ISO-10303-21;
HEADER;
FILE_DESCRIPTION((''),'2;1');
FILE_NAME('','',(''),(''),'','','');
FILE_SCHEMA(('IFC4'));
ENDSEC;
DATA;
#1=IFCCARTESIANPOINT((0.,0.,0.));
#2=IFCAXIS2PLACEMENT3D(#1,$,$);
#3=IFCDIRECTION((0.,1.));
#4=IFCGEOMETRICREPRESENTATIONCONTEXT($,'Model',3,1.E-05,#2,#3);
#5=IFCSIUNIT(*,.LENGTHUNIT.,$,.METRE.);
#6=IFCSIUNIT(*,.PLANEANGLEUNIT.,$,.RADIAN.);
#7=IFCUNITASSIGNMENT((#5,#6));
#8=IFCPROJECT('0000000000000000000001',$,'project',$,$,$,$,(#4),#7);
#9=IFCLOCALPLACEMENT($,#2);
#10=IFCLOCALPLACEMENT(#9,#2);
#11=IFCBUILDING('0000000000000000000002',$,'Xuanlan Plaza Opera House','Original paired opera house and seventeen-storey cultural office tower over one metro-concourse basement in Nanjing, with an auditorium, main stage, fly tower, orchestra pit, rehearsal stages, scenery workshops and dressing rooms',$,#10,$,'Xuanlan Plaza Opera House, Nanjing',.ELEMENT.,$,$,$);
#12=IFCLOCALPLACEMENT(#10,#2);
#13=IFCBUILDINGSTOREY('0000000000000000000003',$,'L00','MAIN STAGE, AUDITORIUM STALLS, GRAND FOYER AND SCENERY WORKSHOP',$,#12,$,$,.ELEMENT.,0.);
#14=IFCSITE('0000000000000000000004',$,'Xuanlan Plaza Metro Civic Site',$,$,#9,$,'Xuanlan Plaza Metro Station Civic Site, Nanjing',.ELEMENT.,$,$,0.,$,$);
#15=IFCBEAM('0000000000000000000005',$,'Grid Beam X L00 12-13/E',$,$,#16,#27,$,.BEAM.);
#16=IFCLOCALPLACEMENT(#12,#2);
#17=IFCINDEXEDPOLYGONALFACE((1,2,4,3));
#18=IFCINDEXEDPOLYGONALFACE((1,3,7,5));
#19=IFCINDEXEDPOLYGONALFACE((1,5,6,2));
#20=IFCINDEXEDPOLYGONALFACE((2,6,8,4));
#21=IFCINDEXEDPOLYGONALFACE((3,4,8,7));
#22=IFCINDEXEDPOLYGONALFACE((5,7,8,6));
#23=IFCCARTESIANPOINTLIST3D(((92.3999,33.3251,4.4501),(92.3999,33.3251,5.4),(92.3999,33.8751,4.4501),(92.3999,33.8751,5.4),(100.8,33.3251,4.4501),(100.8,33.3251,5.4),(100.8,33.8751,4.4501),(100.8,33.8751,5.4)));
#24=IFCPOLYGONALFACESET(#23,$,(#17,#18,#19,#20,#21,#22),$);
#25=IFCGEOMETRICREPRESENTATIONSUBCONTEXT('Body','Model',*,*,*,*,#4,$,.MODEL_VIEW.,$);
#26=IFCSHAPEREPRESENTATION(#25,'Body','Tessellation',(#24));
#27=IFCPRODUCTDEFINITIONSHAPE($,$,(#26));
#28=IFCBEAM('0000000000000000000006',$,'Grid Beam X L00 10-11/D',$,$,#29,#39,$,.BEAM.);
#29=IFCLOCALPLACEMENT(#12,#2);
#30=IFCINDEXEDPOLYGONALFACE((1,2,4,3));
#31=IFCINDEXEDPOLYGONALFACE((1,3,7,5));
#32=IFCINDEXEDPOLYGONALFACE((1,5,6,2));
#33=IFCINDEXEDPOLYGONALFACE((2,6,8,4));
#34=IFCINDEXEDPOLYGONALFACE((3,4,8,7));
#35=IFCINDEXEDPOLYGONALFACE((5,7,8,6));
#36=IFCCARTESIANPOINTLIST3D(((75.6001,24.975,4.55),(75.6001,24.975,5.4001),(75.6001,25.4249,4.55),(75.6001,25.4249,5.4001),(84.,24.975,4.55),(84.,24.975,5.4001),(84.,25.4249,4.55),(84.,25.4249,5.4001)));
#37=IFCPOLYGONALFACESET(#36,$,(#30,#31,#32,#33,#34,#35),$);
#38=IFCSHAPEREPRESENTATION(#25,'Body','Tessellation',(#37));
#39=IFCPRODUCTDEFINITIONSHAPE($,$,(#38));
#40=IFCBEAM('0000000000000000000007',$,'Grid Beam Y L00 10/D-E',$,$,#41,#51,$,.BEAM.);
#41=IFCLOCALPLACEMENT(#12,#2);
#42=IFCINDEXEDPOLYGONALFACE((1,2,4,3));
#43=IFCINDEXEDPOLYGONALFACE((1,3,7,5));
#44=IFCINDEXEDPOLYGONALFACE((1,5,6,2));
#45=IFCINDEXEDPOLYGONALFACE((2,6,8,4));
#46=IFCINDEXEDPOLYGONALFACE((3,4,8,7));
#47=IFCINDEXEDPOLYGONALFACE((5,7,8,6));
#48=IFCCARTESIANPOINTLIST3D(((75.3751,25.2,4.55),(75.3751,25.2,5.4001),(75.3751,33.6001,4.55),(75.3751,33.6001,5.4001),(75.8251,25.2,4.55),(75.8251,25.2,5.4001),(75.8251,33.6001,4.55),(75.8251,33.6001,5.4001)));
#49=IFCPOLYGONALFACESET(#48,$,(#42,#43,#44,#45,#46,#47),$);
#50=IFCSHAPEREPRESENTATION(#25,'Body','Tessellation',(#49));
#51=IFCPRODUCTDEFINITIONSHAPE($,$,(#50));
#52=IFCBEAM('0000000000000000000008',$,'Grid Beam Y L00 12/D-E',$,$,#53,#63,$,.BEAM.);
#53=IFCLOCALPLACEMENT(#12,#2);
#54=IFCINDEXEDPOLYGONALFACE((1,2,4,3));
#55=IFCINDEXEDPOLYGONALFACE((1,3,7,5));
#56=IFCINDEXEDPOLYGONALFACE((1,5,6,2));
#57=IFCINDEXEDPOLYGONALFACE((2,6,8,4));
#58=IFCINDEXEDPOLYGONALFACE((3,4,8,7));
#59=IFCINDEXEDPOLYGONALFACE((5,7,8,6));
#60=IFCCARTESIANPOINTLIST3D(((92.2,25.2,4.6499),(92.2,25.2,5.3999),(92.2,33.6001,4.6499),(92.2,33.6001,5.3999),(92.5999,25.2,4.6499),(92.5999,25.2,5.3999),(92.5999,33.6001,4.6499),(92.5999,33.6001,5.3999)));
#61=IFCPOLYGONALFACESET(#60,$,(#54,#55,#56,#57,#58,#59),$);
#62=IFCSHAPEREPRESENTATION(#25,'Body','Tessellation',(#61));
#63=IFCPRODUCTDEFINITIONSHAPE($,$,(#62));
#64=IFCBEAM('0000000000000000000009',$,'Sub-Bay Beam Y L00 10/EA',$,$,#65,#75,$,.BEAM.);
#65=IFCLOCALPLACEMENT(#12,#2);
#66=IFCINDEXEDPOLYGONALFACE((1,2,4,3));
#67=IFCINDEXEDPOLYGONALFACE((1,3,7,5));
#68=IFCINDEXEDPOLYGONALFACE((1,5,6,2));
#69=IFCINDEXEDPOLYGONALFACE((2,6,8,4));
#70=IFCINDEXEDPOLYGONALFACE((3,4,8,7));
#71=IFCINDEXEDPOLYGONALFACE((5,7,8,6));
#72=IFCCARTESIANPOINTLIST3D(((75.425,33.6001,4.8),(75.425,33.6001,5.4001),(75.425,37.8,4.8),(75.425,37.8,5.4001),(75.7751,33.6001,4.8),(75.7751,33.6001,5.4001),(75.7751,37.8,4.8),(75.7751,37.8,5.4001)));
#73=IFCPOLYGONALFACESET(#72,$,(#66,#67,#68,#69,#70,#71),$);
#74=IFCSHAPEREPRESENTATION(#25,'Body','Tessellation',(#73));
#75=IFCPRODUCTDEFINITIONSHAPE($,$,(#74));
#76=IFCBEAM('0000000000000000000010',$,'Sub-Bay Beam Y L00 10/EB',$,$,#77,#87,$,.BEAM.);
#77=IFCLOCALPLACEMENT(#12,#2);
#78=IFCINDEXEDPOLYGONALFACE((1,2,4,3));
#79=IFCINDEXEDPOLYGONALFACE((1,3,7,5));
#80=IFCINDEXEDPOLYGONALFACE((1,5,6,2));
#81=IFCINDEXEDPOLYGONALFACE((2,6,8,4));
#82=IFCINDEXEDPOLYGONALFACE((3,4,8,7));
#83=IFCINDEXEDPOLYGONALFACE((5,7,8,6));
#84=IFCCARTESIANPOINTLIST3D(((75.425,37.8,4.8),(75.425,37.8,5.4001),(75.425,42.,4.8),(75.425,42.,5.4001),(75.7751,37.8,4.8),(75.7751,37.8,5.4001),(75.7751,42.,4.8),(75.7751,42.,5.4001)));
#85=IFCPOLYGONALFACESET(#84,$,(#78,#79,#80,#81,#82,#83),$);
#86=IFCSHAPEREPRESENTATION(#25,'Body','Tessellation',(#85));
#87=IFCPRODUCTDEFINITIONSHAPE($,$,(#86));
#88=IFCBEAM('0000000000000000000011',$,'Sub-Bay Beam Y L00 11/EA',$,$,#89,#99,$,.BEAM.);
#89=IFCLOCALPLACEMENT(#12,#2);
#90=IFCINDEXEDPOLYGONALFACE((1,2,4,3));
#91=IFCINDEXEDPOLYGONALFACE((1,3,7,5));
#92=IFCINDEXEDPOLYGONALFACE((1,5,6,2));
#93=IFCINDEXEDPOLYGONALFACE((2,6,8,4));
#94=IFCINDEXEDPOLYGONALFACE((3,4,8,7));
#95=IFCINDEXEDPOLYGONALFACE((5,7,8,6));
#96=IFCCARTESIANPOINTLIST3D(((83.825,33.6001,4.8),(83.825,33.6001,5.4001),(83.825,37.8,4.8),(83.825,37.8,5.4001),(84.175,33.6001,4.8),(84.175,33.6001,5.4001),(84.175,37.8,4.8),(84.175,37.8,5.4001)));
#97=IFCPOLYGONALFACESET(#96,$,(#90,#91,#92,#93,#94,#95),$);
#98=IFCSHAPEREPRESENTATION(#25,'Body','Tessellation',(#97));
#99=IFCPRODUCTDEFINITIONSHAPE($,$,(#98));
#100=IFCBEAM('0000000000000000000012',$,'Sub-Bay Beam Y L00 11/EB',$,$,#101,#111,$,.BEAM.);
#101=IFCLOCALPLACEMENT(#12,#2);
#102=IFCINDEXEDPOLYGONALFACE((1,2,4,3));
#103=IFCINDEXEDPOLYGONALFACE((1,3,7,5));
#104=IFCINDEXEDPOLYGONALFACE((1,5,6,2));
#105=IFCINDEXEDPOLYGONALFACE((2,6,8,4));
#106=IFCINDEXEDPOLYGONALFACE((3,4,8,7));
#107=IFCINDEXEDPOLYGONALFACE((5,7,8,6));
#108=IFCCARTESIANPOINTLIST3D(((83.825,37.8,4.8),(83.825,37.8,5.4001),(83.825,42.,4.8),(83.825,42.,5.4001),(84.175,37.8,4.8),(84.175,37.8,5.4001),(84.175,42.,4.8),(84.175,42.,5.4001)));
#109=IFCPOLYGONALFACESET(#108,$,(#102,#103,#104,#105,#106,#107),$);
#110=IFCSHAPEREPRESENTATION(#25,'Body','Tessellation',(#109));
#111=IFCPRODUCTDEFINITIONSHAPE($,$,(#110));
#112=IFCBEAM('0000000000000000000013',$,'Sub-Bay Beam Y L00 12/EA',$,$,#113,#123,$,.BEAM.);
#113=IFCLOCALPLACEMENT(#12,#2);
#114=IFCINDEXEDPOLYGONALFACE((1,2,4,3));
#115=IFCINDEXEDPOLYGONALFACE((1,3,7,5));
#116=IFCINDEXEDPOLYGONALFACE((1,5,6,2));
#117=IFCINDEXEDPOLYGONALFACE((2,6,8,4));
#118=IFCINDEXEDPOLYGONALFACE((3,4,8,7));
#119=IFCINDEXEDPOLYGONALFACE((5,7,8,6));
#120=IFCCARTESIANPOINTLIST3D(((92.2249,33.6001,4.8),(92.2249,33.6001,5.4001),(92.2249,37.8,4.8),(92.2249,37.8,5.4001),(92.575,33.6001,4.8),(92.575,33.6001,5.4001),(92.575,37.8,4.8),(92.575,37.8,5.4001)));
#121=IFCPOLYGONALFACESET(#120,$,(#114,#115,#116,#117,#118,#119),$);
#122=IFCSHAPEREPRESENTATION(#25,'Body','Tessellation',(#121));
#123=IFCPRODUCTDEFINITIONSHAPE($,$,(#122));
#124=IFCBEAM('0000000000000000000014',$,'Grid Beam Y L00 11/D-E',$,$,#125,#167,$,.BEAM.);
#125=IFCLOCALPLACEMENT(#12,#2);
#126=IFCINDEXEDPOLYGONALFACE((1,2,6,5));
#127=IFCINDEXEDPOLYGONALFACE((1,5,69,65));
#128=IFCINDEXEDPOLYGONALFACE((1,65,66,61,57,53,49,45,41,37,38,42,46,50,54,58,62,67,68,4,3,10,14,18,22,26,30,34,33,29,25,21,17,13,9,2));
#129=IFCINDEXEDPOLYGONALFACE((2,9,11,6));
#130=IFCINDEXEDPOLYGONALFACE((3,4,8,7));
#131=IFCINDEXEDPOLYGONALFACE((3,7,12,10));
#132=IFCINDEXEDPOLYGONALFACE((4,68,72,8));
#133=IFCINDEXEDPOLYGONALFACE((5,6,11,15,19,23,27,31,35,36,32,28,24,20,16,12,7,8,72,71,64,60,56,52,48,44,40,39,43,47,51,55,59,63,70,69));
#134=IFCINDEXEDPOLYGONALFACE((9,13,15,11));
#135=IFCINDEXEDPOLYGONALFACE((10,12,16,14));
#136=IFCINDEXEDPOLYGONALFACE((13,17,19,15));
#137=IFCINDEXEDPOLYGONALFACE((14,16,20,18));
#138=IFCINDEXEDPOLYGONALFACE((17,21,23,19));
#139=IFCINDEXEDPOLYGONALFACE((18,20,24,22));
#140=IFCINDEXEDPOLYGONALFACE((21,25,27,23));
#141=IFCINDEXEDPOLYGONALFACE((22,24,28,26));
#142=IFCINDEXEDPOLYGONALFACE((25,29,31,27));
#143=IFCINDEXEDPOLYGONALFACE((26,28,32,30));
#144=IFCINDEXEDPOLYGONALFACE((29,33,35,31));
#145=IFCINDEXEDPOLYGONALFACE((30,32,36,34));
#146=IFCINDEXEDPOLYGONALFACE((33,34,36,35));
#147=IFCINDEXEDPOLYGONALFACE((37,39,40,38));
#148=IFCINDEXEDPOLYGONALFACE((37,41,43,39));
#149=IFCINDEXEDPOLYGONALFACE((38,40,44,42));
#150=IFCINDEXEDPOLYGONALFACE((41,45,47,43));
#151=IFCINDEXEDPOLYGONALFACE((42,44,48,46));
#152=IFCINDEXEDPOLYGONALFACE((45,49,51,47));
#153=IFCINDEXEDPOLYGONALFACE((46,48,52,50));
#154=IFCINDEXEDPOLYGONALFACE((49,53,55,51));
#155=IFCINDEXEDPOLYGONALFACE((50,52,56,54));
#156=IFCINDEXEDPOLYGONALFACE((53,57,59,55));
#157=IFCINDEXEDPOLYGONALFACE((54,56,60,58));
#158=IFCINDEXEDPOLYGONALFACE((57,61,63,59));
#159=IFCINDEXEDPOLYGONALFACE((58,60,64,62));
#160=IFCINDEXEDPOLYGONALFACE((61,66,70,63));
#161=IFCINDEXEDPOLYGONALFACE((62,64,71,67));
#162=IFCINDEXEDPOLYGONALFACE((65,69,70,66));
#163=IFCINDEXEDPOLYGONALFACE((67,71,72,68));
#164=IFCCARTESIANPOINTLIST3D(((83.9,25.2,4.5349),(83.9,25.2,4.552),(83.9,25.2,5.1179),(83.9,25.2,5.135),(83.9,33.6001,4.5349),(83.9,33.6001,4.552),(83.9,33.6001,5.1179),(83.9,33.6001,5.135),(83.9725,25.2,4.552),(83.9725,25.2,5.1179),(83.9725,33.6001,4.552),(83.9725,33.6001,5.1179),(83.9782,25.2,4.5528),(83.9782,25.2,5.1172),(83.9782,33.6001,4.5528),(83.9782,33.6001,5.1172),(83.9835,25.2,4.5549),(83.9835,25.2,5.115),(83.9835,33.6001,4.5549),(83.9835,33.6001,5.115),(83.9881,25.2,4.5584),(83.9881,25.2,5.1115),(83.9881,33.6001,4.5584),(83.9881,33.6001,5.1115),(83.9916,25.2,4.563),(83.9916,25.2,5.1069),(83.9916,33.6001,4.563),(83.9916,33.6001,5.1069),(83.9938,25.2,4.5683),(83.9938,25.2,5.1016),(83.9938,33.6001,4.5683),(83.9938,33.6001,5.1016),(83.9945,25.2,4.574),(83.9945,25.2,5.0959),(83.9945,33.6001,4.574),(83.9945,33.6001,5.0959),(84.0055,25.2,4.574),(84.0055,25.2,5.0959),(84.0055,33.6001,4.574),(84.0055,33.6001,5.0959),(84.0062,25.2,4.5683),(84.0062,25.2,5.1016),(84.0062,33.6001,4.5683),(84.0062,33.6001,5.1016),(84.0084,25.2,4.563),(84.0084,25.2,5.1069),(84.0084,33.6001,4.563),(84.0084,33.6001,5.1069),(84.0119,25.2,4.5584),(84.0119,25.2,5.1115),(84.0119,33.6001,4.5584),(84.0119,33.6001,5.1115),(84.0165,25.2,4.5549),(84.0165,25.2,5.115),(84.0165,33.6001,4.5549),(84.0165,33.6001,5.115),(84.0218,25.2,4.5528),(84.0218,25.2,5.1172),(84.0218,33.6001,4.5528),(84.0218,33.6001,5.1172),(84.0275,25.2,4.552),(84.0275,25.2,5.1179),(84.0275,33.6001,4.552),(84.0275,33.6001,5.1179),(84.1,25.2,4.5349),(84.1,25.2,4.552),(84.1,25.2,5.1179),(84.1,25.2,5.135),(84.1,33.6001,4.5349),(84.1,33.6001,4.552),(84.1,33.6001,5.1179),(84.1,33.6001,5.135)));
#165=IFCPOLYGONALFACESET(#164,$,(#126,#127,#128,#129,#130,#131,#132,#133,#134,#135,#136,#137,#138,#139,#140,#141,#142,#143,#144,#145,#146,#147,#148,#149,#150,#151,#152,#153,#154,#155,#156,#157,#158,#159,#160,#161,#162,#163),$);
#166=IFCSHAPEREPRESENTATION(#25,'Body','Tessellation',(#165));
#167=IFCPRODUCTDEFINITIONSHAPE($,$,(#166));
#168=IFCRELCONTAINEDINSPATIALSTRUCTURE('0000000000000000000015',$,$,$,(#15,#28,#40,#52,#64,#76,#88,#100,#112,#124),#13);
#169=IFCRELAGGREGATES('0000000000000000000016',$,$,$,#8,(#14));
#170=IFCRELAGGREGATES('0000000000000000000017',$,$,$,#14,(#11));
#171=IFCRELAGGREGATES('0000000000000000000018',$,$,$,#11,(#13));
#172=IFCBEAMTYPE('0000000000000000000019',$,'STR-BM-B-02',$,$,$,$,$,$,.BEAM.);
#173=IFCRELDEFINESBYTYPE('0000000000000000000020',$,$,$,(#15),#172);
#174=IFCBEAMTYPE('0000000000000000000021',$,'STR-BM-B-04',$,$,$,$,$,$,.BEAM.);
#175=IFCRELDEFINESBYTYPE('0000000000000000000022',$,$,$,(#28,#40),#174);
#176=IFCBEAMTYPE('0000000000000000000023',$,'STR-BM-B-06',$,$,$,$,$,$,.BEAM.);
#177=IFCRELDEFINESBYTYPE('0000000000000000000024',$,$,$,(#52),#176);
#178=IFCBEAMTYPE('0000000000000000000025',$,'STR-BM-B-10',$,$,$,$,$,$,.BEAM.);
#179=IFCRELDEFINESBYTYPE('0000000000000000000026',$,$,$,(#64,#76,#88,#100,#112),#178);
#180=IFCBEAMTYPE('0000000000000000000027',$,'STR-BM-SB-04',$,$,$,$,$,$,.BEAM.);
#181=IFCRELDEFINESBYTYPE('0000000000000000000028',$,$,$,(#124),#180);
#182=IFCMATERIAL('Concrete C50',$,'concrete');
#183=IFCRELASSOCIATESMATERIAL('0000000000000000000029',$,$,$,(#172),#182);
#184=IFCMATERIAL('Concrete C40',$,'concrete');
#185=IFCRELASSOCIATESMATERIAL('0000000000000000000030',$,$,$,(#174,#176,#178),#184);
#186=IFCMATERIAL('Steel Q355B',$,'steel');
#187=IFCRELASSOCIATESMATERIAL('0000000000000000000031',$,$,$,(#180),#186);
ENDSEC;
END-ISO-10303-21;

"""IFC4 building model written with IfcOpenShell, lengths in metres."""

from ifc_helpers import new_model, si_unit, direction, frame, origin, origin_2d, place, context, subcontext, project, spatial, rectangle, i_section, extrude, material, material_profile, profile_set, type_object, element, save


model = new_model("IFC4")

# Units and contexts
model_context = context("Model", 3, precision=1e-05, world=origin(), true_north=direction((0.0, 1.0)))
body_context = subcontext(model_context, "Body", "Model", "MODEL_VIEW")
ifc_project = project(units=[si_unit("LENGTHUNIT", "METRE"), si_unit("PLANEANGLEUNIT", "RADIAN")], contexts=[model_context])

# Site, building, storey
site_placement = place(None, origin())
site = spatial("IfcSite", under=ifc_project, at=site_placement, Name="Xuanlan Plaza Metro Civic Site", LongName="Xuanlan Plaza Metro Station Civic Site, Nanjing", CompositionType="ELEMENT", RefElevation=0.0)
building_placement = place(site_placement, origin())
building = spatial("IfcBuilding", under=site, at=building_placement, Name="Xuanlan Plaza Opera House", Description="Original paired opera house and seventeen-storey cultural office tower over one metro-concourse basement in Nanjing, with an auditorium, main stage, fly tower, orchestra pit, rehearsal stages, scenery workshops and dressing rooms", LongName="Xuanlan Plaza Opera House, Nanjing", CompositionType="ELEMENT")
storey_placement = place(building_placement, origin())
storey = spatial("IfcBuildingStorey", under=building, at=storey_placement, Name="L00", Description="MAIN STAGE, AUDITORIUM STALLS, GRAND FOYER AND SCENERY WORKSHOP", CompositionType="ELEMENT", Elevation=0.0)

# Shared definitions
ifc_material_1 = material(Name="Concrete C40", Category="concrete")
ifc_material_2 = material(Name="Concrete C50", Category="concrete")

# Beams
ifc_material_profile_1 = material_profile(ifc_material_2, rectangle(XDim=0.55, YDim=0.95, at=origin_2d()), Name="RC-BM 550x950")
ifc_profile_set_1 = profile_set([ifc_material_profile_1], Name="Concrete C50")
beam_type_1 = type_object("IfcBeamType", Name="STR-BM-B-02", PredefinedType="BEAM", material=ifc_profile_set_1)
beam_1_placement = place(storey_placement, frame((92.3999, 33.6001, 4.925), z_axis=(1.0, 0.0, 0.0), x_axis=(0.0, 1.0, 0.0)))
element("IfcBeam", 1, at=beam_1_placement, inside=storey, type_object=beam_type_1, Name="Grid Beam X L00 12-13/E", PredefinedType="BEAM", context=body_context, shape_type="SweptSolid", body=[
    extrude(rectangle(XDim=0.55, YDim=0.95, at=origin_2d()), origin(), (0.0, 0.0, 1.0), 8.4001),
])
ifc_material_profile_2 = material_profile(ifc_material_1, rectangle(XDim=0.45, YDim=0.8501, at=origin_2d()), Name="RC-BM 450x850")
ifc_profile_set_2 = profile_set([ifc_material_profile_2], Name="Concrete C40")
beam_type_2 = type_object("IfcBeamType", Name="STR-BM-B-04", PredefinedType="BEAM", material=ifc_profile_set_2)
beam_2_placement = place(storey_placement, frame((75.6001, 25.2, 4.9751), z_axis=(1.0, 0.0, 0.0), x_axis=(0.0, 1.0, 0.0)))
element("IfcBeam", 2, at=beam_2_placement, inside=storey, type_object=beam_type_2, Name="Grid Beam X L00 10-11/D", PredefinedType="BEAM", context=body_context, shape_type="SweptSolid", body=[
    extrude(rectangle(XDim=0.45, YDim=0.8501, at=origin_2d()), origin(), (0.0, 0.0, 1.0), 8.3999),
])
beam_3_placement = place(storey_placement, frame((75.6001, 25.2, 4.9751), z_axis=(0.0, 1.0, 0.0), x_axis=(-1.0, 0.0, 0.0)))
element("IfcBeam", 3, at=beam_3_placement, inside=storey, type_object=beam_type_2, Name="Grid Beam Y L00 10/D-E", PredefinedType="BEAM", context=body_context, shape_type="SweptSolid", body=[
    extrude(rectangle(XDim=0.45, YDim=0.8501, at=origin_2d()), origin(), (0.0, 0.0, 1.0), 8.4001),
])
ifc_material_profile_3 = material_profile(ifc_material_1, rectangle(XDim=0.3999, YDim=0.75, at=origin_2d()), Name="RC-BM 400x750")
ifc_profile_set_3 = profile_set([ifc_material_profile_3], Name="Concrete C40")
beam_type_3 = type_object("IfcBeamType", Name="STR-BM-B-06", PredefinedType="BEAM", material=ifc_profile_set_3)
beam_4_placement = place(storey_placement, frame((92.3999, 25.2, 5.0249), z_axis=(0.0, 1.0, 0.0), x_axis=(-1.0, 0.0, 0.0)))
element("IfcBeam", 4, at=beam_4_placement, inside=storey, type_object=beam_type_3, Name="Grid Beam Y L00 12/D-E", PredefinedType="BEAM", context=body_context, shape_type="SweptSolid", body=[
    extrude(rectangle(XDim=0.3999, YDim=0.75, at=origin_2d()), origin(), (0.0, 0.0, 1.0), 8.4001),
])
ifc_material_profile_4 = material_profile(ifc_material_1, rectangle(XDim=0.3501, YDim=0.6001, at=origin_2d()), Name="RC-BM 350x600")
ifc_profile_set_4 = profile_set([ifc_material_profile_4], Name="Concrete C40")
beam_type_4 = type_object("IfcBeamType", Name="STR-BM-B-10", PredefinedType="BEAM", material=ifc_profile_set_4)
for number, where, z_axis, x_axis, name in (
    (5, (75.6001, 33.6001, 5.1001), (0.0, 1.0, 0.0), (-1.0, 0.0, 0.0), "Sub-Bay Beam Y L00 10/EA"),
    (6, (75.6001, 37.8, 5.1001), (0.0, 1.0, 0.0), (-1.0, 0.0, 0.0), "Sub-Bay Beam Y L00 10/EB"),
    (7, (84.0, 33.6001, 5.1001), (0.0, 1.0, 0.0), (-1.0, 0.0, 0.0), "Sub-Bay Beam Y L00 11/EA"),
    (8, (84.0, 37.8, 5.1001), (0.0, 1.0, 0.0), (-1.0, 0.0, 0.0), "Sub-Bay Beam Y L00 11/EB"),
    (9, (92.3999, 33.6001, 5.1001), (0.0, 1.0, 0.0), (-1.0, 0.0, 0.0), "Sub-Bay Beam Y L00 12/EA"),
):
    element("IfcBeam", number, at=place(storey_placement, frame(where, z_axis=z_axis, x_axis=x_axis)), inside=storey, type_object=beam_type_4, Name=name, PredefinedType="BEAM", context=body_context, shape_type="SweptSolid", body=[
        extrude(rectangle(XDim=0.3501, YDim=0.6001, at=origin_2d()), origin(), (0.0, 0.0, 1.0), 4.2),
    ])
ifc_material_3 = material(Name="Steel Q355B", Category="steel")
ifc_material_profile_5 = material_profile(ifc_material_3, i_section(OverallWidth=0.2, OverallDepth=0.6001, WebThickness=0.011, FlangeThickness=0.0171, FilletRadius=0.022, at=origin_2d()), Name="HN 600x200x11x17")
ifc_profile_set_5 = profile_set([ifc_material_profile_5], Name="Steel Q355B")
beam_type_5 = type_object("IfcBeamType", Name="STR-BM-SB-04", PredefinedType="BEAM", material=ifc_profile_set_5)
beam_5_placement = place(storey_placement, frame((84.0, 25.2, 4.835), z_axis=(0.0, 1.0, 0.0), x_axis=(-1.0, 0.0, 0.0)))
element("IfcBeam", 10, at=beam_5_placement, inside=storey, type_object=beam_type_5, Name="Grid Beam Y L00 11/D-E", PredefinedType="BEAM", context=body_context, shape_type="SweptSolid", body=[
    extrude(i_section(OverallWidth=0.2, OverallDepth=0.6001, WebThickness=0.011, FlangeThickness=0.0171, FilletRadius=0.022, at=origin_2d()), origin(), (0.0, 0.0, 1.0), 8.4001),
])

save(model, "model.ifc")
